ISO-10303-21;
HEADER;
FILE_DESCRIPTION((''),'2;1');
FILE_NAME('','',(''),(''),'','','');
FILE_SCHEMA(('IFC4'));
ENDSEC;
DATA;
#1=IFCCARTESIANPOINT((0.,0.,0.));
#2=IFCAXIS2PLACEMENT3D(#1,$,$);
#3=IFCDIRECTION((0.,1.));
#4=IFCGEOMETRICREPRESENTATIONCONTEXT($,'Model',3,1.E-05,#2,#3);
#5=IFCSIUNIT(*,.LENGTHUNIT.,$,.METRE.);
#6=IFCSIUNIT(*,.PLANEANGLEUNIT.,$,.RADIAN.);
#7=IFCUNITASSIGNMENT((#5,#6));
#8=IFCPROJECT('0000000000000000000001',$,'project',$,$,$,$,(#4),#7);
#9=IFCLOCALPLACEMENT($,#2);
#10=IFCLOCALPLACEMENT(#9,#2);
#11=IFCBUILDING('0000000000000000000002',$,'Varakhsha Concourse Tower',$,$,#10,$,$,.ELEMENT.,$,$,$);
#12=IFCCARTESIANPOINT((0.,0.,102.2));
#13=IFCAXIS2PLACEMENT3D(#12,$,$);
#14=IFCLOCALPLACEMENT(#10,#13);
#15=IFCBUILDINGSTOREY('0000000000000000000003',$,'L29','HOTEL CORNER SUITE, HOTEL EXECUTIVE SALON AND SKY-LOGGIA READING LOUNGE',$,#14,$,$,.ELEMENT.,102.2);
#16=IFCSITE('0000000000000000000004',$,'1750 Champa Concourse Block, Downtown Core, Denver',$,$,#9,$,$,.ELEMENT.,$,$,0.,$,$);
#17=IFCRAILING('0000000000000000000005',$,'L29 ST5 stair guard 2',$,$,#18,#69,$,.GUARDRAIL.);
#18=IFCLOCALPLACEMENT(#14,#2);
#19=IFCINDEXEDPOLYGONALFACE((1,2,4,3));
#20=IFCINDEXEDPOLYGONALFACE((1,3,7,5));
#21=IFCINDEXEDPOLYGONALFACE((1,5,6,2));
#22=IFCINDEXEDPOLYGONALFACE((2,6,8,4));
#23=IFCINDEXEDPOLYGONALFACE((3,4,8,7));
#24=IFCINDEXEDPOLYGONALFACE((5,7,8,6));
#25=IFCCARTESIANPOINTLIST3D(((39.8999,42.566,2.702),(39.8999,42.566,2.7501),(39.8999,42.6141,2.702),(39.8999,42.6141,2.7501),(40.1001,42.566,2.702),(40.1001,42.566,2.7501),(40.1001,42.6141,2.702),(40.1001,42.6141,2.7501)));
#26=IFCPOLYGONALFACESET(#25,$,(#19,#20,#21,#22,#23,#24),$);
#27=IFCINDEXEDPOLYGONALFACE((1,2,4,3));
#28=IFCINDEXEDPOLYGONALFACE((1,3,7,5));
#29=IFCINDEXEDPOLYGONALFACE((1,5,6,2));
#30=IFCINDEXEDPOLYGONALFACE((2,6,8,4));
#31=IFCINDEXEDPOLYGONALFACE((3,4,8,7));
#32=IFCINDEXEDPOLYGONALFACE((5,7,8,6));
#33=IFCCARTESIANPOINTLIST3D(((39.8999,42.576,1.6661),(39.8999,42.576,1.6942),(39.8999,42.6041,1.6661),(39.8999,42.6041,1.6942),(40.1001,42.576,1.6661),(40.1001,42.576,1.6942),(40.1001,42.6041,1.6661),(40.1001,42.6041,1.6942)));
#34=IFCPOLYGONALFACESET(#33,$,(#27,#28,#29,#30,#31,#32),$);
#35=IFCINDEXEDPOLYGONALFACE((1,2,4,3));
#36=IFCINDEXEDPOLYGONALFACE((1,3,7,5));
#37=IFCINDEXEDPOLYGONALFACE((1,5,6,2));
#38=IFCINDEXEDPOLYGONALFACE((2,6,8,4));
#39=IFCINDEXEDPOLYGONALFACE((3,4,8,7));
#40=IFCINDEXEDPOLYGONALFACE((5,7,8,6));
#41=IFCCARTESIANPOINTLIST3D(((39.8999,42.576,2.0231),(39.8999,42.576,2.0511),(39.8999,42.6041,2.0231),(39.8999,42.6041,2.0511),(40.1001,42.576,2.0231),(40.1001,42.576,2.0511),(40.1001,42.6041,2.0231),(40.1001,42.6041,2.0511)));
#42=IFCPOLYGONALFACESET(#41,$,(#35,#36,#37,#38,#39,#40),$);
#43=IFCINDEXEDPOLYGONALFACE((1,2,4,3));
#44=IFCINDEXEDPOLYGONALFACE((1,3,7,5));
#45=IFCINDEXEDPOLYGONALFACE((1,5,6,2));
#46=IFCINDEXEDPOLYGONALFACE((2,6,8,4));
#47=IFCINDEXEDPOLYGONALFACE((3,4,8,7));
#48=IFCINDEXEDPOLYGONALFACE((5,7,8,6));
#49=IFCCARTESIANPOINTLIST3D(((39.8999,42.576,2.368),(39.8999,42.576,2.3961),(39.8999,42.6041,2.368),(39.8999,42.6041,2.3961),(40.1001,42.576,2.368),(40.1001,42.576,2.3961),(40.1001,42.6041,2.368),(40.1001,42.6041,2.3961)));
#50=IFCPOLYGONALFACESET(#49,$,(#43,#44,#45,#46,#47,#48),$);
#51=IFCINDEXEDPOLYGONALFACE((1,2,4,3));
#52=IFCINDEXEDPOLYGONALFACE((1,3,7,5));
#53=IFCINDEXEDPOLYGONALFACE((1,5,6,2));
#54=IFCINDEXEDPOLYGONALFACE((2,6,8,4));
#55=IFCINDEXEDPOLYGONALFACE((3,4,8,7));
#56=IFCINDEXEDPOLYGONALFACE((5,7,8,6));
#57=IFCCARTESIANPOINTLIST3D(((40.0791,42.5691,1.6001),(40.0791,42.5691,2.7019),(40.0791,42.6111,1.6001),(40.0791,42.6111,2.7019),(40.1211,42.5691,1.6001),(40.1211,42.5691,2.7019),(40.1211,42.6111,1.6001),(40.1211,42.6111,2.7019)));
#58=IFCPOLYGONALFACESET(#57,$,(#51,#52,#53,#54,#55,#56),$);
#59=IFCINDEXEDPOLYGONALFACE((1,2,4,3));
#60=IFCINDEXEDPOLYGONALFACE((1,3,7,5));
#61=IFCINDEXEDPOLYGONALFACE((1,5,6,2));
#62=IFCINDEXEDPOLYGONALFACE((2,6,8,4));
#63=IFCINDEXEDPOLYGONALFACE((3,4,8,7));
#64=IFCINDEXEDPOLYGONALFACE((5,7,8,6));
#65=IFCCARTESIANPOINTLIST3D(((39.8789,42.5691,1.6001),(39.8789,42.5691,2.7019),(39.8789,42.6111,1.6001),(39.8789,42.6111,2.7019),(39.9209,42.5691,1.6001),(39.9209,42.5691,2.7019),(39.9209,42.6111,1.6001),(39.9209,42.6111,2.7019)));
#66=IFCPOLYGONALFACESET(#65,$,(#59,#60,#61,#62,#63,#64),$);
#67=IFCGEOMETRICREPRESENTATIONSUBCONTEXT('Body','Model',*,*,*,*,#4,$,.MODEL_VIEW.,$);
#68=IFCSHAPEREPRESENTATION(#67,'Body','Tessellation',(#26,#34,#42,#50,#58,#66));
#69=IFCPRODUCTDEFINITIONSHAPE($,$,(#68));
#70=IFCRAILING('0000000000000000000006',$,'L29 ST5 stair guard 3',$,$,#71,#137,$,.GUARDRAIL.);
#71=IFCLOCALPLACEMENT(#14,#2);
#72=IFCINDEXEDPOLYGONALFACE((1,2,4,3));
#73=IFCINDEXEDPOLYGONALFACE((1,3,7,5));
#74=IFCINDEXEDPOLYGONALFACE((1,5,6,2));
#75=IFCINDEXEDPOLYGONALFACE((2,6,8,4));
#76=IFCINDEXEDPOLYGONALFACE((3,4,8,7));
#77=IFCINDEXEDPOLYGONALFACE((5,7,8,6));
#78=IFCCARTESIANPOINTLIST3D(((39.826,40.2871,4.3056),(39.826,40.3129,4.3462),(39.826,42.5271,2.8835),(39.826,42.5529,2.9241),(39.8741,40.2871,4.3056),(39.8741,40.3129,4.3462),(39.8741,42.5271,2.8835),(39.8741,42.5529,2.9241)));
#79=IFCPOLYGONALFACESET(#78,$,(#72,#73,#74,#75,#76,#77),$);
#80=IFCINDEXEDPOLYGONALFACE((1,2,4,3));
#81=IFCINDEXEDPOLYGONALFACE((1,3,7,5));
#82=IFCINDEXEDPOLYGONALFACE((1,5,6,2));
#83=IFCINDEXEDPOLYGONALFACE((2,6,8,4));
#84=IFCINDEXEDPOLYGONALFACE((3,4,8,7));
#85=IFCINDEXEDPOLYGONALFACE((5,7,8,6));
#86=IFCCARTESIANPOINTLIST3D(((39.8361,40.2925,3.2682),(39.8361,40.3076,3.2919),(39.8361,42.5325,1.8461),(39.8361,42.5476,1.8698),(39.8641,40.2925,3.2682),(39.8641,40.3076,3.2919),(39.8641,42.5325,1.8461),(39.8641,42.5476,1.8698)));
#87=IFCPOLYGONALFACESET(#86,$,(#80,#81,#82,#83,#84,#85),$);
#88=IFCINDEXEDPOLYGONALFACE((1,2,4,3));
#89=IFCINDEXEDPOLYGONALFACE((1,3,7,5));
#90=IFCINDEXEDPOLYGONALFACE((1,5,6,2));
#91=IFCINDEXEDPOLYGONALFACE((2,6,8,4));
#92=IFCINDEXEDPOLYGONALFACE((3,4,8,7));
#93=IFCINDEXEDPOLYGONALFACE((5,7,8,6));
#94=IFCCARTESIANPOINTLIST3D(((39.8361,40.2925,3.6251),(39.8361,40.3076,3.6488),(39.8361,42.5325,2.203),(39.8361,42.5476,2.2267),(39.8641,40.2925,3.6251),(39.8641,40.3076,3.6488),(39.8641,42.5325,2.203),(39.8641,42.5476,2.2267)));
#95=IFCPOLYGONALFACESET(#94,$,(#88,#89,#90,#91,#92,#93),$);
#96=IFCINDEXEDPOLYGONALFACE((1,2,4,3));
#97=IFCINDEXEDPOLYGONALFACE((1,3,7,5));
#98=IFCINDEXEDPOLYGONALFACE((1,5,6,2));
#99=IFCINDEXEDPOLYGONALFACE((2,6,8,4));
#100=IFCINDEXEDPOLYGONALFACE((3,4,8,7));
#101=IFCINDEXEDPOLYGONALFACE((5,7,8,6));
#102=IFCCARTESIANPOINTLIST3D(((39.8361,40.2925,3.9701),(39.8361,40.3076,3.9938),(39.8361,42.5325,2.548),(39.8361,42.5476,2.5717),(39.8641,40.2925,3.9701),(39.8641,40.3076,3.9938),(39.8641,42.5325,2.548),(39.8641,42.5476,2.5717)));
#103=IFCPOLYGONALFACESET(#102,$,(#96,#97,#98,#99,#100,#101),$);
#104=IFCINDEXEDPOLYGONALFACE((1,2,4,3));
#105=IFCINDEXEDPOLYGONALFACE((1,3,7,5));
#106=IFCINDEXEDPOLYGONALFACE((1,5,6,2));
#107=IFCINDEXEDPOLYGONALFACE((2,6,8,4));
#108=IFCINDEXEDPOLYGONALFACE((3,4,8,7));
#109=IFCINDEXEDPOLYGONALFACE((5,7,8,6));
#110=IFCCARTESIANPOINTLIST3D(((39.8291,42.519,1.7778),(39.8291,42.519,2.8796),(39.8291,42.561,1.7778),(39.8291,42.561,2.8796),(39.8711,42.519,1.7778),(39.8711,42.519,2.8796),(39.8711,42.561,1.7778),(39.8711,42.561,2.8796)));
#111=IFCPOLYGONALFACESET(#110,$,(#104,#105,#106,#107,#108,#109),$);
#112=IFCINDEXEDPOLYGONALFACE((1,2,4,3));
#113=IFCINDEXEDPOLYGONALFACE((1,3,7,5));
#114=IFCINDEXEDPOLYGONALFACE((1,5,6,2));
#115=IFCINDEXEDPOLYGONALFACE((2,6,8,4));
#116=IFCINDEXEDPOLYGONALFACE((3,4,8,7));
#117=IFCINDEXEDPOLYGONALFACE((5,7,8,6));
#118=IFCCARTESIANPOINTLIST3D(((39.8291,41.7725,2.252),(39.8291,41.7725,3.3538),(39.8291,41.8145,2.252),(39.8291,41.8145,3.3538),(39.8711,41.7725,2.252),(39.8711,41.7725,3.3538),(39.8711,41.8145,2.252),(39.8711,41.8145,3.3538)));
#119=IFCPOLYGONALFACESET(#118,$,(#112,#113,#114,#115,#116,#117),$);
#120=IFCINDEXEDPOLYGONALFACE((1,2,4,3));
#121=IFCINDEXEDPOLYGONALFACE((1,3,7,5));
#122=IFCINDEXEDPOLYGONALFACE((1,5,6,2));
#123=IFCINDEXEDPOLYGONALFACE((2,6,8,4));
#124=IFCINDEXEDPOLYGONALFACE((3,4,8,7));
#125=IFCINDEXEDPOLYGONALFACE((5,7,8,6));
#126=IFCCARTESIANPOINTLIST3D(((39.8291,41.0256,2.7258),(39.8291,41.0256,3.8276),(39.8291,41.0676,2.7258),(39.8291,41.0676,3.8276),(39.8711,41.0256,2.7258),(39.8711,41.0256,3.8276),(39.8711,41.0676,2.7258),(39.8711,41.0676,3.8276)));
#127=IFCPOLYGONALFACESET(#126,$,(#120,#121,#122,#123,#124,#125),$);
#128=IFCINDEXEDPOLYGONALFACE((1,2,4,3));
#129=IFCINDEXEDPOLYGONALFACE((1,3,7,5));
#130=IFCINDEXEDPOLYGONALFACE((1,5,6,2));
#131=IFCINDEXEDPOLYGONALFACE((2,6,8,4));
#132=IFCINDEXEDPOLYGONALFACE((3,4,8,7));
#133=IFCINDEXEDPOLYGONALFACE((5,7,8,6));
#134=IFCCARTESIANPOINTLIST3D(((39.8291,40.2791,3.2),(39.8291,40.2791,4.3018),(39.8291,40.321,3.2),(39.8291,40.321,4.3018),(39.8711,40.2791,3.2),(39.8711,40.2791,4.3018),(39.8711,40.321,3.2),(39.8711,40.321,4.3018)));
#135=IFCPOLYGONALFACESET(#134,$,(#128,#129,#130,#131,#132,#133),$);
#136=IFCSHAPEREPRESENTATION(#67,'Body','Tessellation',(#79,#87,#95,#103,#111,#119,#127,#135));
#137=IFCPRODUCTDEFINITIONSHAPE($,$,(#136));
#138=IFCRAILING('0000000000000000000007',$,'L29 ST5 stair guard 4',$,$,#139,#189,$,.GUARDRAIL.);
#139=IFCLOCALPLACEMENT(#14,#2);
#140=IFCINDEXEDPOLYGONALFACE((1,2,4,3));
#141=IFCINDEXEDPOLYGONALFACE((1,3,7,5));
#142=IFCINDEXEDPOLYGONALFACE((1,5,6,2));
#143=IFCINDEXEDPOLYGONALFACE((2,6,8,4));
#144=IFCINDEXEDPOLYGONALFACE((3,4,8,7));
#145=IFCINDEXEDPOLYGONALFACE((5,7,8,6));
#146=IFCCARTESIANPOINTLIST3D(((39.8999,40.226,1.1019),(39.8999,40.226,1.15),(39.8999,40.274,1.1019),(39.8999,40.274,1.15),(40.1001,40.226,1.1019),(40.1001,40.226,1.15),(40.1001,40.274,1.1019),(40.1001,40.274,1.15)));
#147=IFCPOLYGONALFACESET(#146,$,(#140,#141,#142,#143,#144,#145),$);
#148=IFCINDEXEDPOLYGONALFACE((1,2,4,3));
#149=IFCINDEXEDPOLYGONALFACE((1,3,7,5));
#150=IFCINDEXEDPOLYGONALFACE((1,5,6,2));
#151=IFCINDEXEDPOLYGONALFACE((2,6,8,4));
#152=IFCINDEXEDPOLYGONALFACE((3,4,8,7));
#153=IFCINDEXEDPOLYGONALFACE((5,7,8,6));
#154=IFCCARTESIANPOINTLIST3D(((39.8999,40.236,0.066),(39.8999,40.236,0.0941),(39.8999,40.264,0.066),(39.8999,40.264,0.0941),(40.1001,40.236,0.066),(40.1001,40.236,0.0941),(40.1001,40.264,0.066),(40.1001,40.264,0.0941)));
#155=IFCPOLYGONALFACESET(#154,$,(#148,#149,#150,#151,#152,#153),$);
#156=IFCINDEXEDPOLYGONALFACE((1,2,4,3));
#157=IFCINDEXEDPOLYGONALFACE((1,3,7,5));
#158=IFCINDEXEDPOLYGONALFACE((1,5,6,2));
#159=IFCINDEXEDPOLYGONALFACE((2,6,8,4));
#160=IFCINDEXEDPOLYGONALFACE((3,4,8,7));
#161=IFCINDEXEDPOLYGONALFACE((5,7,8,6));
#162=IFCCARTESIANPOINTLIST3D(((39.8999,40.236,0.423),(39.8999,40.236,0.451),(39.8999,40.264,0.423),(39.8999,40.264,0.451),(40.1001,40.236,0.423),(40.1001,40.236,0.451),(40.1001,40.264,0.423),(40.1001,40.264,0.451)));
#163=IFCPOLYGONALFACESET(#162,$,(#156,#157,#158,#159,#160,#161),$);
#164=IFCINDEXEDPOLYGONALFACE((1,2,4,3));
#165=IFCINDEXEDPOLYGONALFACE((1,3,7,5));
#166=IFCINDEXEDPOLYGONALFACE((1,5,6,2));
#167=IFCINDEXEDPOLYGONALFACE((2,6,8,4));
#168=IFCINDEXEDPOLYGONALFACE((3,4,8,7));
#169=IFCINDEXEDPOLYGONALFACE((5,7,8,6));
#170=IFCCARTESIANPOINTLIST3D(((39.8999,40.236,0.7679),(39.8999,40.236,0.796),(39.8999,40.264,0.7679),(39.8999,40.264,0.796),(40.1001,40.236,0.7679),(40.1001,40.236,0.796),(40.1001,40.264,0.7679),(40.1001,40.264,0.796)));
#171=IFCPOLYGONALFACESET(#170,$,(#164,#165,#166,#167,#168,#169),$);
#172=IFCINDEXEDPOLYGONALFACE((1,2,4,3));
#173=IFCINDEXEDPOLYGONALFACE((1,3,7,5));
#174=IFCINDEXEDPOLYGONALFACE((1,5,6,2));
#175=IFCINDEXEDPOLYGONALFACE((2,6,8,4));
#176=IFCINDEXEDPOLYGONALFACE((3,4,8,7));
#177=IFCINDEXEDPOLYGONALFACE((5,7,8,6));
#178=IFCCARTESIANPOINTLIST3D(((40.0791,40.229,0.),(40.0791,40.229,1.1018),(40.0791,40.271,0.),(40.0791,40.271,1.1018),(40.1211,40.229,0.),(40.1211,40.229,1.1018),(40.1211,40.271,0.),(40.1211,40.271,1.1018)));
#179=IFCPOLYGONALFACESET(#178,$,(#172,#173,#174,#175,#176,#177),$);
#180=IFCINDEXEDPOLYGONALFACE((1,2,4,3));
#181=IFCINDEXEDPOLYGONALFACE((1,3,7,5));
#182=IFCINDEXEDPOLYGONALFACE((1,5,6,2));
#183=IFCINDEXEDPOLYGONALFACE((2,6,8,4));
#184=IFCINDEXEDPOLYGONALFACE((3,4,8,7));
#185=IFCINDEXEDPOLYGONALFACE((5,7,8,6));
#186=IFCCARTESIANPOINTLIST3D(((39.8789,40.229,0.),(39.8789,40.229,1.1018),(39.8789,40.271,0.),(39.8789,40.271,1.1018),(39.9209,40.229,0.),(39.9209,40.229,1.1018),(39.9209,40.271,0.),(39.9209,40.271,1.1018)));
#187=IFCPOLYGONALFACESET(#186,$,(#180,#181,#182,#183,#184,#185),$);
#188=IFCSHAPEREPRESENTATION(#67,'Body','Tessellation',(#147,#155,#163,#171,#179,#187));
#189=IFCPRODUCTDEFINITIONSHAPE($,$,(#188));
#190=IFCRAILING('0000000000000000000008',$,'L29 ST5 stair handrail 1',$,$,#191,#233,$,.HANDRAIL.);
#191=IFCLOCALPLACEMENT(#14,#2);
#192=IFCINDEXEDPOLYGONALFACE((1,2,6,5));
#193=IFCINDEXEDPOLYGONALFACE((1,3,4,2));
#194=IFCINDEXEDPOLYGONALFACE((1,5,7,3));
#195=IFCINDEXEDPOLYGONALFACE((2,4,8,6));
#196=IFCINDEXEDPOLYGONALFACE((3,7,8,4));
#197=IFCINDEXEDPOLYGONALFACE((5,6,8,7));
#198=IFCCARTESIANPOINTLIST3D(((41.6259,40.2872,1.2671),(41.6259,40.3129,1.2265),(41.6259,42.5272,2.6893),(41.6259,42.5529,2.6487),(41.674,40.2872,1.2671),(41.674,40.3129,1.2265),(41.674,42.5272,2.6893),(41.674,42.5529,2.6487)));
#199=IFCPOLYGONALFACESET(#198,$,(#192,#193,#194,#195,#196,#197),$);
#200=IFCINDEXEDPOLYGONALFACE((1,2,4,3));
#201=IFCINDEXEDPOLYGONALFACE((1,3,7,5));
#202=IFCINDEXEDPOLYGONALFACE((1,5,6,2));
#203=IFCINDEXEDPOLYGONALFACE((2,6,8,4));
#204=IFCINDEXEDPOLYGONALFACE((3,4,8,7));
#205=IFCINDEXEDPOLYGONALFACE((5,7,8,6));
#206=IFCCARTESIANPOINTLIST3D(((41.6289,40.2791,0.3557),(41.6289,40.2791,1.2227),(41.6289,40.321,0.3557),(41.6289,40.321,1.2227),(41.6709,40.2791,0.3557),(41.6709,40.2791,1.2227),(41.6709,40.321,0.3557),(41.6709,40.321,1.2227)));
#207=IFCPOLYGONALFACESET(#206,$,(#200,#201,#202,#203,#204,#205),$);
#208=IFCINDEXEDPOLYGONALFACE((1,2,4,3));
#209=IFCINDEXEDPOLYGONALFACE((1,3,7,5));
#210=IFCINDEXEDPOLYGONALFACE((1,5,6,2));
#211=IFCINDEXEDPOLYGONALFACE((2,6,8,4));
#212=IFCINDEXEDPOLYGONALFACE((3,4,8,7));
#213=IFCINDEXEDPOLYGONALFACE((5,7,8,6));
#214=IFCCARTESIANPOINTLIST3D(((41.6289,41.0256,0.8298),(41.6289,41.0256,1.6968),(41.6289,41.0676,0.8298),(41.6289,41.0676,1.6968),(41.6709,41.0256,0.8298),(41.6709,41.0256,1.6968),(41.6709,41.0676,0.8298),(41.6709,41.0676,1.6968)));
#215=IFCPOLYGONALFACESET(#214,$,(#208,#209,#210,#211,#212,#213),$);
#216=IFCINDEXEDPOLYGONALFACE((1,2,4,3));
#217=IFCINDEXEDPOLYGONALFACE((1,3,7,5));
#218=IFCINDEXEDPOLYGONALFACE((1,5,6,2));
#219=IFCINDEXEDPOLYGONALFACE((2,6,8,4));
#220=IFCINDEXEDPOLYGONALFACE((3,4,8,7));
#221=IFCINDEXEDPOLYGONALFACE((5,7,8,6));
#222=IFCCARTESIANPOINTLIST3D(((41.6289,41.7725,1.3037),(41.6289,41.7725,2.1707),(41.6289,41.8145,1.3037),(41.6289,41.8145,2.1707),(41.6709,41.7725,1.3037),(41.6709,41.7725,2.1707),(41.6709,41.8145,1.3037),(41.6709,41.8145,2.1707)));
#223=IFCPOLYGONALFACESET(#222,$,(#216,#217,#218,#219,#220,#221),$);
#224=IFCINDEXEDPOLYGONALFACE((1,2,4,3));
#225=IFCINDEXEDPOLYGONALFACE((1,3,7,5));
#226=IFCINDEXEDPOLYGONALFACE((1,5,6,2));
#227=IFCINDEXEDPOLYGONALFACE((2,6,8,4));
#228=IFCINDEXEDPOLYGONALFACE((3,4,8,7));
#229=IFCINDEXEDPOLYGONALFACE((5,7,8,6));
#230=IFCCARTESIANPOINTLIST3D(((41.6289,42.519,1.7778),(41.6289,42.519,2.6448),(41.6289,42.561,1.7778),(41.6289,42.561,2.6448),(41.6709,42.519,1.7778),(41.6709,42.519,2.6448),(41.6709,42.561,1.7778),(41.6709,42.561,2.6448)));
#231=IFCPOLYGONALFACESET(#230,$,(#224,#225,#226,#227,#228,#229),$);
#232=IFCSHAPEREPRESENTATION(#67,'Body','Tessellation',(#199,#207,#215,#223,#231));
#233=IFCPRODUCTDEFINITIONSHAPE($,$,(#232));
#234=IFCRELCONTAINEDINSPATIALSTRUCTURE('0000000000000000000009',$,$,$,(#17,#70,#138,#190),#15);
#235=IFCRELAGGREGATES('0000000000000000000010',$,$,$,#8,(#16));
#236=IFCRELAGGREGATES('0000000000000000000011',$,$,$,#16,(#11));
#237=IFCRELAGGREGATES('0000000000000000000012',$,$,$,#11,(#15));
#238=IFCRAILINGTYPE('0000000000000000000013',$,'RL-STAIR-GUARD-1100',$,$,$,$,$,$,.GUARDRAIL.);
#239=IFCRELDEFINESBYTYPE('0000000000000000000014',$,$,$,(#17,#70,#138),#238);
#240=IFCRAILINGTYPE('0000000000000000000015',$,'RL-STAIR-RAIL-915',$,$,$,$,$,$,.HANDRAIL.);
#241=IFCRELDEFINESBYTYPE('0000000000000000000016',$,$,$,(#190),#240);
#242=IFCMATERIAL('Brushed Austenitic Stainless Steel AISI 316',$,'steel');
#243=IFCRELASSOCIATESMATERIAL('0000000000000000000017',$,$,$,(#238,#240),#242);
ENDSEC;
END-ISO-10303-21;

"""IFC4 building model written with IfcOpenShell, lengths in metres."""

from ifc_helpers import new_model, si_unit, direction, frame, origin, origin_2d, place, context, subcontext, project, spatial, rectangle, extrude, material, type_object, element, save


model = new_model("IFC4")

# Units and contexts
model_context = context("Model", 3, precision=1e-05, world=origin(), true_north=direction((0.0, 1.0)))
body_context = subcontext(model_context, "Body", "Model", "MODEL_VIEW")
ifc_project = project(units=[si_unit("LENGTHUNIT", "METRE"), si_unit("PLANEANGLEUNIT", "RADIAN")], contexts=[model_context])

# Site, building, storey
site_placement = place(None, origin())
site = spatial("IfcSite", under=ifc_project, at=site_placement, Name="1750 Champa Concourse Block, Downtown Core, Denver", CompositionType="ELEMENT", RefElevation=0.0)
building_placement = place(site_placement, origin())
building = spatial("IfcBuilding", under=site, at=building_placement, Name="Varakhsha Concourse Tower", CompositionType="ELEMENT")
storey_placement = place(building_placement, frame((0.0, 0.0, 102.2)))
storey = spatial("IfcBuildingStorey", under=building, at=storey_placement, Name="L29", Description="HOTEL CORNER SUITE, HOTEL EXECUTIVE SALON AND SKY-LOGGIA READING LOUNGE", CompositionType="ELEMENT", Elevation=102.2)

# Railings
ifc_material_1 = material(Name="Brushed Austenitic Stainless Steel AISI 316", Category="steel")
railing_type_1 = type_object("IfcRailingType", Name="RL-STAIR-GUARD-1100", PredefinedType="GUARDRAIL", material=ifc_material_1)
railing_1_placement = place(storey_placement, frame((40.1001, 42.5901, 1.6001)))
element("IfcRailing", 1, at=railing_1_placement, inside=storey, type_object=railing_type_1, Name="L29 ST5 stair guard 2", PredefinedType="GUARDRAIL", context=body_context, shape_type="SweptSolid", body=[
    extrude(rectangle(XDim=0.0481, YDim=0.0481, at=origin_2d()), frame((0.0, 0.0, 1.126), z_axis=(-1.0, 0.0, 0.0), x_axis=(0.0, -1.0, 0.0)), (0.0, 0.0, 1.0), 0.2002),
    extrude(rectangle(XDim=0.0281, YDim=0.0281, at=origin_2d()), frame((0.0, 0.0, 0.0801), z_axis=(-1.0, 0.0, 0.0), x_axis=(0.0, -1.0, 0.0)), (0.0, 0.0, 1.0), 0.2002),
    extrude(rectangle(XDim=0.0281, YDim=0.0281, at=origin_2d()), frame((0.0, 0.0, 0.437), z_axis=(-1.0, 0.0, 0.0), x_axis=(0.0, -1.0, 0.0)), (0.0, 0.0, 1.0), 0.2002),
    extrude(rectangle(XDim=0.0281, YDim=0.0281, at=origin_2d()), frame((0.0, 0.0, 0.782), z_axis=(-1.0, 0.0, 0.0), x_axis=(0.0, -1.0, 0.0)), (0.0, 0.0, 1.0), 0.2002),
    extrude(rectangle(XDim=0.042, YDim=0.042, at=origin_2d()), origin(), (0.0, 0.0, 1.0), 1.1018),
    extrude(rectangle(XDim=0.042, YDim=0.042, at=origin_2d()), frame((-0.2002, 0.0, 0.0)), (0.0, 0.0, 1.0), 1.1018),
])
railing_2_placement = place(storey_placement, frame((39.8501, 42.54, 1.7778)))
element("IfcRailing", 2, at=railing_2_placement, inside=storey, type_object=railing_type_1, Name="L29 ST5 stair guard 3", PredefinedType="GUARDRAIL", context=body_context, shape_type="SweptSolid", body=[
    extrude(rectangle(XDim=0.0481, YDim=0.0481, at=origin_2d()), frame((0.0, 0.0, 1.126), z_axis=(0.0, -0.844229, 0.535982), x_axis=(1.0, 0.0, 0.0)), (0.0, 0.0, 1.0), 2.6533),
    extrude(rectangle(XDim=0.0281, YDim=0.0281, at=origin_2d()), frame((0.0, 0.0, 0.0801), z_axis=(0.0, -0.844229, 0.535982), x_axis=(1.0, 0.0, 0.0)), (0.0, 0.0, 1.0), 2.6533),
    extrude(rectangle(XDim=0.0281, YDim=0.0281, at=origin_2d()), frame((0.0, 0.0, 0.437), z_axis=(0.0, -0.844229, 0.535982), x_axis=(1.0, 0.0, 0.0)), (0.0, 0.0, 1.0), 2.6533),
    extrude(rectangle(XDim=0.0281, YDim=0.0281, at=origin_2d()), frame((0.0, 0.0, 0.782), z_axis=(0.0, -0.844229, 0.535982), x_axis=(1.0, 0.0, 0.0)), (0.0, 0.0, 1.0), 2.6533),
    extrude(rectangle(XDim=0.042, YDim=0.042, at=origin_2d()), origin(), (0.0, 0.0, 1.0), 1.1018),
    extrude(rectangle(XDim=0.042, YDim=0.042, at=origin_2d()), frame((0.0, -0.7466, 0.4741)), (0.0, 0.0, 1.0), 1.1018),
    extrude(rectangle(XDim=0.042, YDim=0.042, at=origin_2d()), frame((0.0, -1.4934, 0.948)), (0.0, 0.0, 1.0), 1.1018),
    extrude(rectangle(XDim=0.042, YDim=0.042, at=origin_2d()), frame((0.0, -2.24, 1.4221)), (0.0, 0.0, 1.0), 1.1018),
])
railing_3_placement = place(storey_placement, frame((40.1001, 40.25, 0.0)))
element("IfcRailing", 3, at=railing_3_placement, inside=storey, type_object=railing_type_1, Name="L29 ST5 stair guard 4", PredefinedType="GUARDRAIL", context=body_context, shape_type="SweptSolid", body=[
    extrude(rectangle(XDim=0.0481, YDim=0.0481, at=origin_2d()), frame((0.0, 0.0, 1.126), z_axis=(-1.0, 0.0, 0.0), x_axis=(0.0, -1.0, 0.0)), (0.0, 0.0, 1.0), 0.2002),
    extrude(rectangle(XDim=0.0281, YDim=0.0281, at=origin_2d()), frame((0.0, 0.0, 0.0801), z_axis=(-1.0, 0.0, 0.0), x_axis=(0.0, -1.0, 0.0)), (0.0, 0.0, 1.0), 0.2002),
    extrude(rectangle(XDim=0.0281, YDim=0.0281, at=origin_2d()), frame((0.0, 0.0, 0.437), z_axis=(-1.0, 0.0, 0.0), x_axis=(0.0, -1.0, 0.0)), (0.0, 0.0, 1.0), 0.2002),
    extrude(rectangle(XDim=0.0281, YDim=0.0281, at=origin_2d()), frame((0.0, 0.0, 0.782), z_axis=(-1.0, 0.0, 0.0), x_axis=(0.0, -1.0, 0.0)), (0.0, 0.0, 1.0), 0.2002),
    extrude(rectangle(XDim=0.042, YDim=0.042, at=origin_2d()), origin(), (0.0, 0.0, 1.0), 1.1018),
    extrude(rectangle(XDim=0.042, YDim=0.042, at=origin_2d()), frame((-0.2002, 0.0, 0.0)), (0.0, 0.0, 1.0), 1.1018),
])
railing_type_2 = type_object("IfcRailingType", Name="RL-STAIR-RAIL-915", PredefinedType="HANDRAIL", material=ifc_material_1)
railing_4_placement = place(storey_placement, frame((41.6499, 40.3, 0.3557)))
element("IfcRailing", 4, at=railing_4_placement, inside=storey, type_object=railing_type_2, Name="L29 ST5 stair handrail 1", PredefinedType="HANDRAIL", context=body_context, shape_type="SweptSolid", body=[
    extrude(rectangle(XDim=0.0481, YDim=0.0481, at=origin_2d()), frame((0.0, 0.0, 0.8911), z_axis=(0.0, 0.844229, 0.535982), x_axis=(-1.0, 0.0, 0.0)), (0.0, 0.0, 1.0), 2.6533),
    extrude(rectangle(XDim=0.042, YDim=0.042, at=origin_2d()), origin(), (0.0, 0.0, 1.0), 0.8669),
    extrude(rectangle(XDim=0.042, YDim=0.042, at=origin_2d()), frame((0.0, 0.7466, 0.4741)), (0.0, 0.0, 1.0), 0.8669),
    extrude(rectangle(XDim=0.042, YDim=0.042, at=origin_2d()), frame((0.0, 1.4934, 0.948)), (0.0, 0.0, 1.0), 0.8669),
    extrude(rectangle(XDim=0.042, YDim=0.042, at=origin_2d()), frame((0.0, 2.24, 1.4221)), (0.0, 0.0, 1.0), 0.8669),
])

save(model, "model.ifc")
